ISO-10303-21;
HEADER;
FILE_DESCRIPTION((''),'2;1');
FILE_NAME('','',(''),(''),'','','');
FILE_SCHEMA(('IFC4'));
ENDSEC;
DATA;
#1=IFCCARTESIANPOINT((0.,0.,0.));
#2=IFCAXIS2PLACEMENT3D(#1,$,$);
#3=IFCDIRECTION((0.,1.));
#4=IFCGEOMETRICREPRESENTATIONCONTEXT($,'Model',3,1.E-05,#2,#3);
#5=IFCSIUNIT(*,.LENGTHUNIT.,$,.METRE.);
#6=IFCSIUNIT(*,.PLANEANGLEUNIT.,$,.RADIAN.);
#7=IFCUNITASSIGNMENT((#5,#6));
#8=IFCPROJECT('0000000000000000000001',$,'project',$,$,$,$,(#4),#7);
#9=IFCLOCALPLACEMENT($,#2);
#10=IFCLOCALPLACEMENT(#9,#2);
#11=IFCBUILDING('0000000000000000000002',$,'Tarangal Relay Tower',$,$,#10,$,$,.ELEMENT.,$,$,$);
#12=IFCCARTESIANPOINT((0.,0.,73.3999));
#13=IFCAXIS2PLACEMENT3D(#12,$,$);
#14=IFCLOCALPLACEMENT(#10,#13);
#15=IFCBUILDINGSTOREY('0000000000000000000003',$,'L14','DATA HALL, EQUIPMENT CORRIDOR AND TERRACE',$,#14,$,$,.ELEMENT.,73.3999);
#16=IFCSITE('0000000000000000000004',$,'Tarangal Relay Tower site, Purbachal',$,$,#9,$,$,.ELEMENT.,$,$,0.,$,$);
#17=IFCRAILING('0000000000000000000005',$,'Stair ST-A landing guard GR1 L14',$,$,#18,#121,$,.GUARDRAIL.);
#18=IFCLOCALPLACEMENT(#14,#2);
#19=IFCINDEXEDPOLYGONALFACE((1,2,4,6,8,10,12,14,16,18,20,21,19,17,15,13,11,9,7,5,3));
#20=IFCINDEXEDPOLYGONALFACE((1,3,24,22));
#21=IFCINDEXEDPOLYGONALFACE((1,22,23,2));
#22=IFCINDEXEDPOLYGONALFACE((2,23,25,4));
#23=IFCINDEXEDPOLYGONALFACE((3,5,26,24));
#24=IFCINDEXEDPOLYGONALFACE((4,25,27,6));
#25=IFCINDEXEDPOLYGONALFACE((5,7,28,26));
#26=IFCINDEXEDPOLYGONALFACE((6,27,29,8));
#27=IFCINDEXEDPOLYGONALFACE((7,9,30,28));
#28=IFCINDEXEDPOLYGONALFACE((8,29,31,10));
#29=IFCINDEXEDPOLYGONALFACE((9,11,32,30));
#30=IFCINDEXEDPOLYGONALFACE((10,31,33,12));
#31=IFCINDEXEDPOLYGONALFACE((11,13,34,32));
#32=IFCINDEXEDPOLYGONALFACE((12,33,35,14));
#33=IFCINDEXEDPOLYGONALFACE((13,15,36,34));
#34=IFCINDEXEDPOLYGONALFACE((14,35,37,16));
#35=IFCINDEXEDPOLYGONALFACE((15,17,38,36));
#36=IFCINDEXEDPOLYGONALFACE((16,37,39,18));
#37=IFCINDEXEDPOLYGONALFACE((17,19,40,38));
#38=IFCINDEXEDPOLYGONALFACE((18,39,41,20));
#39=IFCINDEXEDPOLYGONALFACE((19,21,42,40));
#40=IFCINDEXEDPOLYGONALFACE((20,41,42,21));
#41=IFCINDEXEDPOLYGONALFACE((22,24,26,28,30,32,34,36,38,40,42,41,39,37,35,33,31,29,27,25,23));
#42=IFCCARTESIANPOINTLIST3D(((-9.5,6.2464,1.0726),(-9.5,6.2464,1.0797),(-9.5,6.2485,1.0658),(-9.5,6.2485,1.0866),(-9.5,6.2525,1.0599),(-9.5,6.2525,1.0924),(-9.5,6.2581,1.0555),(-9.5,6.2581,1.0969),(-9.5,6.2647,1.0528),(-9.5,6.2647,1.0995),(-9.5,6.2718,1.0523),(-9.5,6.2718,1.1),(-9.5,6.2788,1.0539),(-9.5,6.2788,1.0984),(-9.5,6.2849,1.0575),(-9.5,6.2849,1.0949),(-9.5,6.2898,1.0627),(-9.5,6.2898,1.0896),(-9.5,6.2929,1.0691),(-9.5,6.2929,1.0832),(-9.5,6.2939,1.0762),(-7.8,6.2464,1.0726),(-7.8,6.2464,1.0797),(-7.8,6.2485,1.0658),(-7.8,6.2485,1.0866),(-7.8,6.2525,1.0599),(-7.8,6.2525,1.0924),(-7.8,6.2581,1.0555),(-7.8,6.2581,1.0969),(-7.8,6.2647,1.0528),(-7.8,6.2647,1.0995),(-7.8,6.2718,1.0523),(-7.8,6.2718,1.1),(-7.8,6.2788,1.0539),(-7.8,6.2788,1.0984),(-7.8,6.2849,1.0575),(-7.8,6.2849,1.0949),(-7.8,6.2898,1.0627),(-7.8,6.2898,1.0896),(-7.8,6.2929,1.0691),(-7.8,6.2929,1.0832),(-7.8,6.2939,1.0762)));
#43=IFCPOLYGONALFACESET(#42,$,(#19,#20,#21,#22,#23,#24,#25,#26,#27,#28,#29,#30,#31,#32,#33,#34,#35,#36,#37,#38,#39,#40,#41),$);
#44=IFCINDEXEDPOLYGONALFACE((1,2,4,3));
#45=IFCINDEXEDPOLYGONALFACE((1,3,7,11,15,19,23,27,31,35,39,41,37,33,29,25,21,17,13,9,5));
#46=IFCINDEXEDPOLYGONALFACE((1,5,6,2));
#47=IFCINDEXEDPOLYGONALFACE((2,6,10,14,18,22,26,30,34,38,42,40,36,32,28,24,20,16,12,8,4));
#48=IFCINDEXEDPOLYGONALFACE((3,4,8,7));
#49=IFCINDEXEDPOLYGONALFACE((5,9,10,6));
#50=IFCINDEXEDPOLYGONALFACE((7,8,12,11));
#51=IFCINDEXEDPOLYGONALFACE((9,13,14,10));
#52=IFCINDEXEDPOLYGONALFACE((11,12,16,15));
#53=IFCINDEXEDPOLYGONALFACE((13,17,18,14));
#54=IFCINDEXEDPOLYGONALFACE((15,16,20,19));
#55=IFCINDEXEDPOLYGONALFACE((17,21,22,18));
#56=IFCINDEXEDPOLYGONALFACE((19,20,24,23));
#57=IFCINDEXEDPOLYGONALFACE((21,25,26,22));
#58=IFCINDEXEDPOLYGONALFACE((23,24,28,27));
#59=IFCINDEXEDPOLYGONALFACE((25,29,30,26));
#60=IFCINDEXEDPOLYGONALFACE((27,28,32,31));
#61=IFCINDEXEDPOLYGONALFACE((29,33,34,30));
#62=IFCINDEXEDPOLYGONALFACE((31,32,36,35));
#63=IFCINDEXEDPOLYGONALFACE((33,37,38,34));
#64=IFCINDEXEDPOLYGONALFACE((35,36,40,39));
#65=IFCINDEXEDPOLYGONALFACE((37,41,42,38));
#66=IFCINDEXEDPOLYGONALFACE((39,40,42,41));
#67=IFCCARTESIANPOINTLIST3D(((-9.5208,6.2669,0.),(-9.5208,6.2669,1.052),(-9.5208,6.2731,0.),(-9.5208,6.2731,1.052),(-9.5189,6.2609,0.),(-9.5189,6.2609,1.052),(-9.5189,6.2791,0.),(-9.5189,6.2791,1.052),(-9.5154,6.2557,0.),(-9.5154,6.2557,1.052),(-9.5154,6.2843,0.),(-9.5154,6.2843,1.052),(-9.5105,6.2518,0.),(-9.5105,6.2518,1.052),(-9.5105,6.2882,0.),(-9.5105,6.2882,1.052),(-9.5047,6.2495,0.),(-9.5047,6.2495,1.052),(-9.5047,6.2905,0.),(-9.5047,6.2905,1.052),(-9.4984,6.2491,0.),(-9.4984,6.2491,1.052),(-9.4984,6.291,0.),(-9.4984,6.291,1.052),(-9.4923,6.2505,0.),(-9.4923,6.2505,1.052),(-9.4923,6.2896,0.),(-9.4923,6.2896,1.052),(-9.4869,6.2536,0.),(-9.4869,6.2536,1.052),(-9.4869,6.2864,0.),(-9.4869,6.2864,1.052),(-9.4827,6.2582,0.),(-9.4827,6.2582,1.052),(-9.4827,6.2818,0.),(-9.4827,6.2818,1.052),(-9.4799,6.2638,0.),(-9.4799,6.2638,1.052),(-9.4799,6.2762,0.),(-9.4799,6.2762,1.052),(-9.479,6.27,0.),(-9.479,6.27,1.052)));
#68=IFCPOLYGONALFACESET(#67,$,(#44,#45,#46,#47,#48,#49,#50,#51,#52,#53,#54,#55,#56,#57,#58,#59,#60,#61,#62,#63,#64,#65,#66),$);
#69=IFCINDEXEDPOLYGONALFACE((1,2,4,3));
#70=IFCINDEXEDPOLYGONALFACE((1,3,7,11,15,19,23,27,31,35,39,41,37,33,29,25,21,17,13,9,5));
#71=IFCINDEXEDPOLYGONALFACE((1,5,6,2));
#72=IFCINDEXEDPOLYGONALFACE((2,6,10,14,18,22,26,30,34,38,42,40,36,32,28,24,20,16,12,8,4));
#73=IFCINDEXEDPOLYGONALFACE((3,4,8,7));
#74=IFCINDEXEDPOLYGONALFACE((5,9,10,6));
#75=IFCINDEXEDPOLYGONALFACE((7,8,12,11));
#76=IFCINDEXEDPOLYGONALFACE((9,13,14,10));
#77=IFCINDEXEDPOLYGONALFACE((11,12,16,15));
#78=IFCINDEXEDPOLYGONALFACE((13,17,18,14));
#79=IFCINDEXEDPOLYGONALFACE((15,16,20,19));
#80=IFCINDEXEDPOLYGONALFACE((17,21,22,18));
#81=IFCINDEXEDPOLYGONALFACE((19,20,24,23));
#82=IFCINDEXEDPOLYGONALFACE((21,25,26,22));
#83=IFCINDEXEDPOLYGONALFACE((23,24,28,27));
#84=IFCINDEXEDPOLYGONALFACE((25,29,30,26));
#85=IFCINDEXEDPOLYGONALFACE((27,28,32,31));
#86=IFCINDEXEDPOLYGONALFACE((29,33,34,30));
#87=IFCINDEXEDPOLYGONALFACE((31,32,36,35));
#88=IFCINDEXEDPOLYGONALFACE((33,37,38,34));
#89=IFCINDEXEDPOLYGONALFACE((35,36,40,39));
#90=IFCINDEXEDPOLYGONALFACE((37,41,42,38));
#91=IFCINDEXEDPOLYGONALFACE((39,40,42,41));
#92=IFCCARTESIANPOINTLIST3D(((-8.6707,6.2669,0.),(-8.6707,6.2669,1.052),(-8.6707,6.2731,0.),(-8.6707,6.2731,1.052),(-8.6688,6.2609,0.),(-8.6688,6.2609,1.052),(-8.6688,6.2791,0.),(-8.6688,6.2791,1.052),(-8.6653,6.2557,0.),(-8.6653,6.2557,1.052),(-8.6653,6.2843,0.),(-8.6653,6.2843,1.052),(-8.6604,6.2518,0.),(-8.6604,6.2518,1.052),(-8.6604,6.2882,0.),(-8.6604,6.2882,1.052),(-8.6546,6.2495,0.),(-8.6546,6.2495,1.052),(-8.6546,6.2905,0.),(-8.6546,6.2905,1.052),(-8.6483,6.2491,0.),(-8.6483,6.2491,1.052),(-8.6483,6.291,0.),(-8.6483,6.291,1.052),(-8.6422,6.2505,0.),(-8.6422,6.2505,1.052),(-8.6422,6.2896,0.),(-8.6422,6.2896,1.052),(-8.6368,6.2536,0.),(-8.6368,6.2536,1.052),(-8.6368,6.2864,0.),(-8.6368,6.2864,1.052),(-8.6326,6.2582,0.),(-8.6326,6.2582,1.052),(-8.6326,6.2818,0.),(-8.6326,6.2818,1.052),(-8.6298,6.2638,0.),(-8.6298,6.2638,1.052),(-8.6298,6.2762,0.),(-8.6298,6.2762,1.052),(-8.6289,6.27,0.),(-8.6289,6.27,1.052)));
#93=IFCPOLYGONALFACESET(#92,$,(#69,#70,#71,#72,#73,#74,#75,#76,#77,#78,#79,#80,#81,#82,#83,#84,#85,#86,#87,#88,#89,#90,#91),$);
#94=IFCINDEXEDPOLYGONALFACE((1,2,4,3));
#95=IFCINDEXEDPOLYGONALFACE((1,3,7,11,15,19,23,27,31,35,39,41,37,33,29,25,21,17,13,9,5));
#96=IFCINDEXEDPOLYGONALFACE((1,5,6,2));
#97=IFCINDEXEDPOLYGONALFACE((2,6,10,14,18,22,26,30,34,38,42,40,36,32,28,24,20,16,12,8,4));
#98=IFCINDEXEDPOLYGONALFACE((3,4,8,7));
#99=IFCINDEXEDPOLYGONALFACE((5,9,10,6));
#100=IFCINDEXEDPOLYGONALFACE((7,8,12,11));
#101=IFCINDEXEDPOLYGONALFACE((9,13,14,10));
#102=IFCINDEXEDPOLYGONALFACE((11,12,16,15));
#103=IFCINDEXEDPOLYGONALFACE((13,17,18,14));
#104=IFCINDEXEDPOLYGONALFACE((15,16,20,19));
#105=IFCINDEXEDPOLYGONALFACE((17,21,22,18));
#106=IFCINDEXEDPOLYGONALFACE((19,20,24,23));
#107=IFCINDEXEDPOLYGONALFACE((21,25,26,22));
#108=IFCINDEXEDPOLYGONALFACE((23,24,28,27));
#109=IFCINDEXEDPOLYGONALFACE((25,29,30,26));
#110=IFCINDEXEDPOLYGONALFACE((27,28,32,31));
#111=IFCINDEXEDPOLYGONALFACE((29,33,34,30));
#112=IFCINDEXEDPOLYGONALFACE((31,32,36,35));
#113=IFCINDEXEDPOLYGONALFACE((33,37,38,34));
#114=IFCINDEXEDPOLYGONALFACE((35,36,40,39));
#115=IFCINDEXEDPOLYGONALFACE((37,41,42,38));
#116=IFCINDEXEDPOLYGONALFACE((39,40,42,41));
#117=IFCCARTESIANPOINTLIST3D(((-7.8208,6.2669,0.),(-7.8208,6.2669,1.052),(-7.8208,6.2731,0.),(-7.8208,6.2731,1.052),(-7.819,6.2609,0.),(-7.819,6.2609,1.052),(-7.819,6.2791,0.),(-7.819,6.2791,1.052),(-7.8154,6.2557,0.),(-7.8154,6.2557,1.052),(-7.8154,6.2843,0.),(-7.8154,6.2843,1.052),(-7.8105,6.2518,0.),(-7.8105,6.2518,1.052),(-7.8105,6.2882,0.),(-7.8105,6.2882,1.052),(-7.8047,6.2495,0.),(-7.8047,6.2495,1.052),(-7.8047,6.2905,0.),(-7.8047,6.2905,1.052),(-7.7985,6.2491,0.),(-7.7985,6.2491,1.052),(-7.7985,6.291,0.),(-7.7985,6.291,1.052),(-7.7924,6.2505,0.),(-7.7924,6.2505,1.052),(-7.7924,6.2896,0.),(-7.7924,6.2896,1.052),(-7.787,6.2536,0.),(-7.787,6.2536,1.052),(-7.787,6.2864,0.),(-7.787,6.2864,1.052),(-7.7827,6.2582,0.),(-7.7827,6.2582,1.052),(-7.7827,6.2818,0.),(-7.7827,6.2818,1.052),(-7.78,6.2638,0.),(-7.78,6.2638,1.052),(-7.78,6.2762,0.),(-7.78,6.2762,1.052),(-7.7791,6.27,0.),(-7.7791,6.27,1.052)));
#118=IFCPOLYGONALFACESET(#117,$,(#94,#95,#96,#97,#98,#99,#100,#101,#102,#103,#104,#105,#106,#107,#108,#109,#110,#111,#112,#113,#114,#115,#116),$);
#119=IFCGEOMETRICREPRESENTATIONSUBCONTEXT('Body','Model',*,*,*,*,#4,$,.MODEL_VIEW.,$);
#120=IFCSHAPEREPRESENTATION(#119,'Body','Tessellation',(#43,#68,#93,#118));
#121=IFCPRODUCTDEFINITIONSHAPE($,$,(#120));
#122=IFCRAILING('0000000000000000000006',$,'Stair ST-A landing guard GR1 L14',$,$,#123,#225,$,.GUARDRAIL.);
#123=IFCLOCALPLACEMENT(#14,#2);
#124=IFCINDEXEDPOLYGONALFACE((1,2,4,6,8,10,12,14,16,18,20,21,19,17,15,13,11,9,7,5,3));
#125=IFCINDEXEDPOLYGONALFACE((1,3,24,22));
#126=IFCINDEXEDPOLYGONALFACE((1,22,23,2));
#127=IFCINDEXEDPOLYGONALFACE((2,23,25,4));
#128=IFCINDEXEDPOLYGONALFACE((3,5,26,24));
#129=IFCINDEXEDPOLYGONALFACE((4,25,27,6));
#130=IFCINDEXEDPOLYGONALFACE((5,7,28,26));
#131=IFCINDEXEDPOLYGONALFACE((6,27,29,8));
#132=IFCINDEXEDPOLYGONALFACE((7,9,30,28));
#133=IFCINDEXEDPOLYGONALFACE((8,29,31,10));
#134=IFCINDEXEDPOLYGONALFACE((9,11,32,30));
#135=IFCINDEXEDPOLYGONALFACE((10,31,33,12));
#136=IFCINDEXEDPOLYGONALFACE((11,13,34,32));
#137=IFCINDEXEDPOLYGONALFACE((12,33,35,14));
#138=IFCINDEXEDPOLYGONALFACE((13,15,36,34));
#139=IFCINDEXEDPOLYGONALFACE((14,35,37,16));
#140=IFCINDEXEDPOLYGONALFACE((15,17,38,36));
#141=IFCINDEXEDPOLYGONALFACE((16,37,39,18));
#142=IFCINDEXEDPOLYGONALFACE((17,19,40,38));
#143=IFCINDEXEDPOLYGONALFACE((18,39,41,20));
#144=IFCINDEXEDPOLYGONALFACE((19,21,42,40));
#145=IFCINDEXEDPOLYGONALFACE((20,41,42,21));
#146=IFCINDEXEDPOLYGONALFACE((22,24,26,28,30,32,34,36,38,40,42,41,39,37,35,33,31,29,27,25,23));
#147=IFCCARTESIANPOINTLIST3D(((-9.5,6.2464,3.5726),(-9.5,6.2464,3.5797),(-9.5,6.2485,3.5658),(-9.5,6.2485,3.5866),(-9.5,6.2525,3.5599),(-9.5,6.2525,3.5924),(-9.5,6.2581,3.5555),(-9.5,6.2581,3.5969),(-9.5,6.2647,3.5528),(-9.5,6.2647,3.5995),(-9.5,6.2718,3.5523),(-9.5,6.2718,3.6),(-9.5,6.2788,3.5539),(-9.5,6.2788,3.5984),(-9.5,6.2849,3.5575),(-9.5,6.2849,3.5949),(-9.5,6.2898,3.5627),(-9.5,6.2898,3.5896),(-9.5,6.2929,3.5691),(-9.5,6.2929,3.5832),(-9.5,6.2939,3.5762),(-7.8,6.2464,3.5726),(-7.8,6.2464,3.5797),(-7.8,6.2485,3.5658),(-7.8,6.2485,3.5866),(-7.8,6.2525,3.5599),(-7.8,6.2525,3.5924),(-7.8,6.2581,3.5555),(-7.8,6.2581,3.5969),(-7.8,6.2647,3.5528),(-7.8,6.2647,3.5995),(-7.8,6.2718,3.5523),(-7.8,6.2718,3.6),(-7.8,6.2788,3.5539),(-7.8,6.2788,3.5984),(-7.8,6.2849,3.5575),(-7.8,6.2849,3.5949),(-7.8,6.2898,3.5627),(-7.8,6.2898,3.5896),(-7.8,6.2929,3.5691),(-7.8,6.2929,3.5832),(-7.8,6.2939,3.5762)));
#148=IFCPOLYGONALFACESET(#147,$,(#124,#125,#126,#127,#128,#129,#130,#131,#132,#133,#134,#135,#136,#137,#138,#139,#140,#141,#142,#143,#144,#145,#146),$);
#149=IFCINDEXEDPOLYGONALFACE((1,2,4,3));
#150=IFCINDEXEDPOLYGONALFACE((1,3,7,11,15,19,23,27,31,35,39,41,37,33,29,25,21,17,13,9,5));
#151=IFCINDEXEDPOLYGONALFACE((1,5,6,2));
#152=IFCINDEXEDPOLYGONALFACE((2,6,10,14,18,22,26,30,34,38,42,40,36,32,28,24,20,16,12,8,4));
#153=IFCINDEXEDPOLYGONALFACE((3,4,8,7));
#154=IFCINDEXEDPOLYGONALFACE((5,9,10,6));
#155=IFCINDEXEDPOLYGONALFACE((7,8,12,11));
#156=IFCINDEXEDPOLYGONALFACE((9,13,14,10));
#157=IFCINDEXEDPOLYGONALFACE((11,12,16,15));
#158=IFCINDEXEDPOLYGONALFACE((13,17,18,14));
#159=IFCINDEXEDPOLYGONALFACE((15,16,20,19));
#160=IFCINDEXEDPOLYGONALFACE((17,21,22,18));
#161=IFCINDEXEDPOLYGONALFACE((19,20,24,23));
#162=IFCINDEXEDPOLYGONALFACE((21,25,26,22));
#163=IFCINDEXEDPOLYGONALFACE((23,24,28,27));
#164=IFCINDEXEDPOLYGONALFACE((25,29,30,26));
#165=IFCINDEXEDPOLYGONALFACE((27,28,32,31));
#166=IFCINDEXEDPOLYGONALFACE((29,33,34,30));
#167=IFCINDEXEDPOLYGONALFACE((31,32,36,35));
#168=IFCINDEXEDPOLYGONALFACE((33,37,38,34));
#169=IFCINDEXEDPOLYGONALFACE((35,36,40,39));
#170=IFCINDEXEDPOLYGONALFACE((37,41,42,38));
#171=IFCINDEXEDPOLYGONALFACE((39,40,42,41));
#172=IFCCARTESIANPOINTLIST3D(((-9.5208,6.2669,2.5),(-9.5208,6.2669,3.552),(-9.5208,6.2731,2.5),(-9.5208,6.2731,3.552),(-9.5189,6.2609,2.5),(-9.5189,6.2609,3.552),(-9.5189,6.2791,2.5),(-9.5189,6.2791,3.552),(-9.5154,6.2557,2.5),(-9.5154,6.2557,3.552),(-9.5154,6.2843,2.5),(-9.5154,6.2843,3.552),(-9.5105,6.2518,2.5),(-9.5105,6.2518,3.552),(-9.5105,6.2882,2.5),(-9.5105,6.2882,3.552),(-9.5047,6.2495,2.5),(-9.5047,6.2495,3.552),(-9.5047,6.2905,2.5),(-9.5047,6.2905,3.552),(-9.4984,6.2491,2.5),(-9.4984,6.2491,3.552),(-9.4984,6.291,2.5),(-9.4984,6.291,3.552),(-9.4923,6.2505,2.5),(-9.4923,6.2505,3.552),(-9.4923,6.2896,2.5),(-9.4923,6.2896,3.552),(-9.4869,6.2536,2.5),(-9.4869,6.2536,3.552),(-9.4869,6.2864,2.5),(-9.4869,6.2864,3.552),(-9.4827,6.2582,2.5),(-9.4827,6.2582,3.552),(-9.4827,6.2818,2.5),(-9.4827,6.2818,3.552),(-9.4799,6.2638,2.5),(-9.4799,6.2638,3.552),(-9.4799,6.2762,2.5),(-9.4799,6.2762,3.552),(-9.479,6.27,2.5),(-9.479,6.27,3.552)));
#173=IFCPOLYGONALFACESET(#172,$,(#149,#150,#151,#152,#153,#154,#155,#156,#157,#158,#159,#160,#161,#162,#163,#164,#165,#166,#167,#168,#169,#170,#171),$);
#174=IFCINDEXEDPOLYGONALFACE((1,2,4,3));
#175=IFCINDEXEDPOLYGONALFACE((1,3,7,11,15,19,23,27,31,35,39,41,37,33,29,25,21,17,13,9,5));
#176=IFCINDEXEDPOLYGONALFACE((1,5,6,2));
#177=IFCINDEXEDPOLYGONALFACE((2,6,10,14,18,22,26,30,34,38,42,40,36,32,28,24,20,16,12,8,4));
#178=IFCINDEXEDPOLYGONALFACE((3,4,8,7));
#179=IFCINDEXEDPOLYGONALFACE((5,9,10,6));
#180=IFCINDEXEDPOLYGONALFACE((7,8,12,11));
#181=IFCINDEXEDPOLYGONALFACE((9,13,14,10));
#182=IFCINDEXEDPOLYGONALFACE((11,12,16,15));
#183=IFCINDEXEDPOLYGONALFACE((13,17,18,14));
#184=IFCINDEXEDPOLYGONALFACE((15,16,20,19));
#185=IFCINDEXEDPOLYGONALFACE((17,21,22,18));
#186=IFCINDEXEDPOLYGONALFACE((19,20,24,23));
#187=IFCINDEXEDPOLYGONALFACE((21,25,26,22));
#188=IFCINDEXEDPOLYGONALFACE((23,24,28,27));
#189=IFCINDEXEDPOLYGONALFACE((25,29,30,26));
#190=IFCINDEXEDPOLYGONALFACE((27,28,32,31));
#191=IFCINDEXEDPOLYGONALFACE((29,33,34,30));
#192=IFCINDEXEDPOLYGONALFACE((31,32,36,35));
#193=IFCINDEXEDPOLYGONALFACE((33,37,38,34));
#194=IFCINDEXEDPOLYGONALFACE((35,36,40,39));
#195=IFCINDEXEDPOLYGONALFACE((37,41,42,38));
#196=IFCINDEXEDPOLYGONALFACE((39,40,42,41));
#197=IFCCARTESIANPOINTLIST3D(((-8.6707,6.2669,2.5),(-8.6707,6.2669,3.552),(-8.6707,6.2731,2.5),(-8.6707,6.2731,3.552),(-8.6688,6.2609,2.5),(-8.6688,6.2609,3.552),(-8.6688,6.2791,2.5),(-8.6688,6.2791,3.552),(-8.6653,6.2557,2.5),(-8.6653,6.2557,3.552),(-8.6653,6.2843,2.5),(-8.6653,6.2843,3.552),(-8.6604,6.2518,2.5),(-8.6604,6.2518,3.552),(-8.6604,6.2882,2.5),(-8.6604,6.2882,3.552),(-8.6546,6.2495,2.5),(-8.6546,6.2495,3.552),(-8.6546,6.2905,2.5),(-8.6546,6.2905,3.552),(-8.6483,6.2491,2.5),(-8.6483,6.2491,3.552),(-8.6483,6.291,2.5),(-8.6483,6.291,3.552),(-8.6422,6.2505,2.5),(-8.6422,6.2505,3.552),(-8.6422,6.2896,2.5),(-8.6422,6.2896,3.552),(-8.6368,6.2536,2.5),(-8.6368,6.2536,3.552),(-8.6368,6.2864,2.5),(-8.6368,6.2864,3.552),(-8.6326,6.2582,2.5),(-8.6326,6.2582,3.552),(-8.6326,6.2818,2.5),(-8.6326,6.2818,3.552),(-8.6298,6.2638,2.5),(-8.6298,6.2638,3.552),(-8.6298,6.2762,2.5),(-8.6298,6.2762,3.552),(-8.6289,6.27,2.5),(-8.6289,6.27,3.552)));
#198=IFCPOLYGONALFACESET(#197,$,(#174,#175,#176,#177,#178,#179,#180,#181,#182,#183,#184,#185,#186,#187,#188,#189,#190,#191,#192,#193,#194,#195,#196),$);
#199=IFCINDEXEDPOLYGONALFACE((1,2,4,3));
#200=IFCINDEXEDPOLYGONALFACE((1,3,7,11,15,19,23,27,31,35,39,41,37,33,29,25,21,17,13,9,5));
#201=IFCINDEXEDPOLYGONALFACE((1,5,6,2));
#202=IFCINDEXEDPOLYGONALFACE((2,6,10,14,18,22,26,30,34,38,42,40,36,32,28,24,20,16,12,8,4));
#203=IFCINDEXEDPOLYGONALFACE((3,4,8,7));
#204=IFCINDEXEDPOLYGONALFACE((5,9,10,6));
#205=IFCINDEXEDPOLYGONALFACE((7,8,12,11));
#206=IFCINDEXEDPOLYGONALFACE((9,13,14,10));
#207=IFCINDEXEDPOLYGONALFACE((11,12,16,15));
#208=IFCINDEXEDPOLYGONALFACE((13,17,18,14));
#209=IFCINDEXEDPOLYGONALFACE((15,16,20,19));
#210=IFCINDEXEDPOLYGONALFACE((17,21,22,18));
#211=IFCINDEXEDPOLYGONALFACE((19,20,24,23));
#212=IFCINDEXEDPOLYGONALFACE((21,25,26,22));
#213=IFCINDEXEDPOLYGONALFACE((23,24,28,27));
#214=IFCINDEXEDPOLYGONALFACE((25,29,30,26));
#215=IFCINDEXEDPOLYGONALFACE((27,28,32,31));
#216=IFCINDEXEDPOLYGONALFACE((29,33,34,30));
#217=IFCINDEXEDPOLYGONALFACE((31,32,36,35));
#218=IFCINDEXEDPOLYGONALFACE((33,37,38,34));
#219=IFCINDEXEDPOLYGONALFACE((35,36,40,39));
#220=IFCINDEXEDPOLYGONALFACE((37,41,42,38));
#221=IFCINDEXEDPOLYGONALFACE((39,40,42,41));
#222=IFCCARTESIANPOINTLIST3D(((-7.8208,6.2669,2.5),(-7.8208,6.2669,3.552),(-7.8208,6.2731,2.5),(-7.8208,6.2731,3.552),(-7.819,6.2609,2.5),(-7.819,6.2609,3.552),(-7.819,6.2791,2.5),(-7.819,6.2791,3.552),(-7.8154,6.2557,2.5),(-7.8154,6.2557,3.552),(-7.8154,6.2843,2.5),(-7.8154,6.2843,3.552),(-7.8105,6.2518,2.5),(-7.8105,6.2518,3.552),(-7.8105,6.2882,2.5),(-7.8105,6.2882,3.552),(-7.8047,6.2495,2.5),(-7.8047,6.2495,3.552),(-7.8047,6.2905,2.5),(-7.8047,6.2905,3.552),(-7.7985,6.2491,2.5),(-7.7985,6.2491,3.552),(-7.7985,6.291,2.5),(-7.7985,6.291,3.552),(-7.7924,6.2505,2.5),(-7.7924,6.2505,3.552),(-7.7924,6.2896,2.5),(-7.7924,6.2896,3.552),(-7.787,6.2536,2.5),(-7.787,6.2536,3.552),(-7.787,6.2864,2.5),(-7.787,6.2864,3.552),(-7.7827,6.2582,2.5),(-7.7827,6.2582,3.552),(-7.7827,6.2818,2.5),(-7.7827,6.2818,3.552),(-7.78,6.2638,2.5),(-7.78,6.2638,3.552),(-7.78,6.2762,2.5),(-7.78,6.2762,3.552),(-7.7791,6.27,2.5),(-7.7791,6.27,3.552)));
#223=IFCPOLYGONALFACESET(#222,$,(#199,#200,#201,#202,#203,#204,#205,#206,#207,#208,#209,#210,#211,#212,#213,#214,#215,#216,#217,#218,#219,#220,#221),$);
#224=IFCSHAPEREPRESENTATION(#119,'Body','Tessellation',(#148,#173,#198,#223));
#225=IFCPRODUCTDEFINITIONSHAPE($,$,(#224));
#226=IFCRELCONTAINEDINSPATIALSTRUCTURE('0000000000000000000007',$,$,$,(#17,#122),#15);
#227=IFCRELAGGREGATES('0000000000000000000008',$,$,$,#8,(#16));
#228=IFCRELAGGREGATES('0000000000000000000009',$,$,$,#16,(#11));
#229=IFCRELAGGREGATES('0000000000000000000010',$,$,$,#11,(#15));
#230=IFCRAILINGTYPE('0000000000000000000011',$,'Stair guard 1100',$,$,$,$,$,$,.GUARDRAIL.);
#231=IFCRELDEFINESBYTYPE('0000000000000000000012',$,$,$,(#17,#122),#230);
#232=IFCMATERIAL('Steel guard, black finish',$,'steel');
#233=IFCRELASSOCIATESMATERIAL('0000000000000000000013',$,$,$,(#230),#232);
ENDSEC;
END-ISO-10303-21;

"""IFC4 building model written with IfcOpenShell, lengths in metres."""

from ifc_helpers import new_model, si_unit, direction, frame, origin, origin_2d, place, context, subcontext, project, spatial, circle, extrude, material, type_object, element, save


model = new_model("IFC4")

# Units and contexts
model_context = context("Model", 3, precision=1e-05, world=origin(), true_north=direction((0.0, 1.0)))
body_context = subcontext(model_context, "Body", "Model", "MODEL_VIEW")
ifc_project = project(units=[si_unit("LENGTHUNIT", "METRE"), si_unit("PLANEANGLEUNIT", "RADIAN")], contexts=[model_context])

# Site, building, storey
site_placement = place(None, origin())
site = spatial("IfcSite", under=ifc_project, at=site_placement, Name="Tarangal Relay Tower site, Purbachal", CompositionType="ELEMENT", RefElevation=0.0)
building_placement = place(site_placement, origin())
building = spatial("IfcBuilding", under=site, at=building_placement, Name="Tarangal Relay Tower", CompositionType="ELEMENT")
storey_placement = place(building_placement, frame((0.0, 0.0, 73.3999)))
storey = spatial("IfcBuildingStorey", under=building, at=storey_placement, Name="L14", Description="DATA HALL, EQUIPMENT CORRIDOR AND TERRACE", CompositionType="ELEMENT", Elevation=73.3999)

# Railings
ifc_material_1 = material(Name="Steel guard, black finish", Category="steel")
railing_type = type_object("IfcRailingType", Name="Stair guard 1100", PredefinedType="GUARDRAIL", material=ifc_material_1)
for number, where, name in (
    (1, (-9.5, 6.27, 0.0), "Stair ST-A landing guard GR1 L14"),
    (2, (-9.5, 6.27, 2.5), "Stair ST-A landing guard GR1 L14"),
):
    element("IfcRailing", number, at=place(storey_placement, frame(where)), inside=storey, type_object=railing_type, Name=name, PredefinedType="GUARDRAIL", context=body_context, shape_type="SweptSolid", body=[
        extrude(circle(Radius=0.0239, at=origin_2d()), frame((0.0, 0.0, 1.0762), z_axis=(1.0, 0.0, 0.0), x_axis=(0.0, 1.0, 0.0)), (0.0, 0.0, 1.0), 1.7),
        extrude(circle(Radius=0.021, at=origin_2d()), origin(), (0.0, 0.0, 1.0), 1.052),
        extrude(circle(Radius=0.021, at=origin_2d()), frame((0.8501, 0.0, 0.0)), (0.0, 0.0, 1.0), 1.052),
        extrude(circle(Radius=0.021, at=origin_2d()), frame((1.7, 0.0, 0.0)), (0.0, 0.0, 1.0), 1.052),
    ])

save(model, "model.ifc")
